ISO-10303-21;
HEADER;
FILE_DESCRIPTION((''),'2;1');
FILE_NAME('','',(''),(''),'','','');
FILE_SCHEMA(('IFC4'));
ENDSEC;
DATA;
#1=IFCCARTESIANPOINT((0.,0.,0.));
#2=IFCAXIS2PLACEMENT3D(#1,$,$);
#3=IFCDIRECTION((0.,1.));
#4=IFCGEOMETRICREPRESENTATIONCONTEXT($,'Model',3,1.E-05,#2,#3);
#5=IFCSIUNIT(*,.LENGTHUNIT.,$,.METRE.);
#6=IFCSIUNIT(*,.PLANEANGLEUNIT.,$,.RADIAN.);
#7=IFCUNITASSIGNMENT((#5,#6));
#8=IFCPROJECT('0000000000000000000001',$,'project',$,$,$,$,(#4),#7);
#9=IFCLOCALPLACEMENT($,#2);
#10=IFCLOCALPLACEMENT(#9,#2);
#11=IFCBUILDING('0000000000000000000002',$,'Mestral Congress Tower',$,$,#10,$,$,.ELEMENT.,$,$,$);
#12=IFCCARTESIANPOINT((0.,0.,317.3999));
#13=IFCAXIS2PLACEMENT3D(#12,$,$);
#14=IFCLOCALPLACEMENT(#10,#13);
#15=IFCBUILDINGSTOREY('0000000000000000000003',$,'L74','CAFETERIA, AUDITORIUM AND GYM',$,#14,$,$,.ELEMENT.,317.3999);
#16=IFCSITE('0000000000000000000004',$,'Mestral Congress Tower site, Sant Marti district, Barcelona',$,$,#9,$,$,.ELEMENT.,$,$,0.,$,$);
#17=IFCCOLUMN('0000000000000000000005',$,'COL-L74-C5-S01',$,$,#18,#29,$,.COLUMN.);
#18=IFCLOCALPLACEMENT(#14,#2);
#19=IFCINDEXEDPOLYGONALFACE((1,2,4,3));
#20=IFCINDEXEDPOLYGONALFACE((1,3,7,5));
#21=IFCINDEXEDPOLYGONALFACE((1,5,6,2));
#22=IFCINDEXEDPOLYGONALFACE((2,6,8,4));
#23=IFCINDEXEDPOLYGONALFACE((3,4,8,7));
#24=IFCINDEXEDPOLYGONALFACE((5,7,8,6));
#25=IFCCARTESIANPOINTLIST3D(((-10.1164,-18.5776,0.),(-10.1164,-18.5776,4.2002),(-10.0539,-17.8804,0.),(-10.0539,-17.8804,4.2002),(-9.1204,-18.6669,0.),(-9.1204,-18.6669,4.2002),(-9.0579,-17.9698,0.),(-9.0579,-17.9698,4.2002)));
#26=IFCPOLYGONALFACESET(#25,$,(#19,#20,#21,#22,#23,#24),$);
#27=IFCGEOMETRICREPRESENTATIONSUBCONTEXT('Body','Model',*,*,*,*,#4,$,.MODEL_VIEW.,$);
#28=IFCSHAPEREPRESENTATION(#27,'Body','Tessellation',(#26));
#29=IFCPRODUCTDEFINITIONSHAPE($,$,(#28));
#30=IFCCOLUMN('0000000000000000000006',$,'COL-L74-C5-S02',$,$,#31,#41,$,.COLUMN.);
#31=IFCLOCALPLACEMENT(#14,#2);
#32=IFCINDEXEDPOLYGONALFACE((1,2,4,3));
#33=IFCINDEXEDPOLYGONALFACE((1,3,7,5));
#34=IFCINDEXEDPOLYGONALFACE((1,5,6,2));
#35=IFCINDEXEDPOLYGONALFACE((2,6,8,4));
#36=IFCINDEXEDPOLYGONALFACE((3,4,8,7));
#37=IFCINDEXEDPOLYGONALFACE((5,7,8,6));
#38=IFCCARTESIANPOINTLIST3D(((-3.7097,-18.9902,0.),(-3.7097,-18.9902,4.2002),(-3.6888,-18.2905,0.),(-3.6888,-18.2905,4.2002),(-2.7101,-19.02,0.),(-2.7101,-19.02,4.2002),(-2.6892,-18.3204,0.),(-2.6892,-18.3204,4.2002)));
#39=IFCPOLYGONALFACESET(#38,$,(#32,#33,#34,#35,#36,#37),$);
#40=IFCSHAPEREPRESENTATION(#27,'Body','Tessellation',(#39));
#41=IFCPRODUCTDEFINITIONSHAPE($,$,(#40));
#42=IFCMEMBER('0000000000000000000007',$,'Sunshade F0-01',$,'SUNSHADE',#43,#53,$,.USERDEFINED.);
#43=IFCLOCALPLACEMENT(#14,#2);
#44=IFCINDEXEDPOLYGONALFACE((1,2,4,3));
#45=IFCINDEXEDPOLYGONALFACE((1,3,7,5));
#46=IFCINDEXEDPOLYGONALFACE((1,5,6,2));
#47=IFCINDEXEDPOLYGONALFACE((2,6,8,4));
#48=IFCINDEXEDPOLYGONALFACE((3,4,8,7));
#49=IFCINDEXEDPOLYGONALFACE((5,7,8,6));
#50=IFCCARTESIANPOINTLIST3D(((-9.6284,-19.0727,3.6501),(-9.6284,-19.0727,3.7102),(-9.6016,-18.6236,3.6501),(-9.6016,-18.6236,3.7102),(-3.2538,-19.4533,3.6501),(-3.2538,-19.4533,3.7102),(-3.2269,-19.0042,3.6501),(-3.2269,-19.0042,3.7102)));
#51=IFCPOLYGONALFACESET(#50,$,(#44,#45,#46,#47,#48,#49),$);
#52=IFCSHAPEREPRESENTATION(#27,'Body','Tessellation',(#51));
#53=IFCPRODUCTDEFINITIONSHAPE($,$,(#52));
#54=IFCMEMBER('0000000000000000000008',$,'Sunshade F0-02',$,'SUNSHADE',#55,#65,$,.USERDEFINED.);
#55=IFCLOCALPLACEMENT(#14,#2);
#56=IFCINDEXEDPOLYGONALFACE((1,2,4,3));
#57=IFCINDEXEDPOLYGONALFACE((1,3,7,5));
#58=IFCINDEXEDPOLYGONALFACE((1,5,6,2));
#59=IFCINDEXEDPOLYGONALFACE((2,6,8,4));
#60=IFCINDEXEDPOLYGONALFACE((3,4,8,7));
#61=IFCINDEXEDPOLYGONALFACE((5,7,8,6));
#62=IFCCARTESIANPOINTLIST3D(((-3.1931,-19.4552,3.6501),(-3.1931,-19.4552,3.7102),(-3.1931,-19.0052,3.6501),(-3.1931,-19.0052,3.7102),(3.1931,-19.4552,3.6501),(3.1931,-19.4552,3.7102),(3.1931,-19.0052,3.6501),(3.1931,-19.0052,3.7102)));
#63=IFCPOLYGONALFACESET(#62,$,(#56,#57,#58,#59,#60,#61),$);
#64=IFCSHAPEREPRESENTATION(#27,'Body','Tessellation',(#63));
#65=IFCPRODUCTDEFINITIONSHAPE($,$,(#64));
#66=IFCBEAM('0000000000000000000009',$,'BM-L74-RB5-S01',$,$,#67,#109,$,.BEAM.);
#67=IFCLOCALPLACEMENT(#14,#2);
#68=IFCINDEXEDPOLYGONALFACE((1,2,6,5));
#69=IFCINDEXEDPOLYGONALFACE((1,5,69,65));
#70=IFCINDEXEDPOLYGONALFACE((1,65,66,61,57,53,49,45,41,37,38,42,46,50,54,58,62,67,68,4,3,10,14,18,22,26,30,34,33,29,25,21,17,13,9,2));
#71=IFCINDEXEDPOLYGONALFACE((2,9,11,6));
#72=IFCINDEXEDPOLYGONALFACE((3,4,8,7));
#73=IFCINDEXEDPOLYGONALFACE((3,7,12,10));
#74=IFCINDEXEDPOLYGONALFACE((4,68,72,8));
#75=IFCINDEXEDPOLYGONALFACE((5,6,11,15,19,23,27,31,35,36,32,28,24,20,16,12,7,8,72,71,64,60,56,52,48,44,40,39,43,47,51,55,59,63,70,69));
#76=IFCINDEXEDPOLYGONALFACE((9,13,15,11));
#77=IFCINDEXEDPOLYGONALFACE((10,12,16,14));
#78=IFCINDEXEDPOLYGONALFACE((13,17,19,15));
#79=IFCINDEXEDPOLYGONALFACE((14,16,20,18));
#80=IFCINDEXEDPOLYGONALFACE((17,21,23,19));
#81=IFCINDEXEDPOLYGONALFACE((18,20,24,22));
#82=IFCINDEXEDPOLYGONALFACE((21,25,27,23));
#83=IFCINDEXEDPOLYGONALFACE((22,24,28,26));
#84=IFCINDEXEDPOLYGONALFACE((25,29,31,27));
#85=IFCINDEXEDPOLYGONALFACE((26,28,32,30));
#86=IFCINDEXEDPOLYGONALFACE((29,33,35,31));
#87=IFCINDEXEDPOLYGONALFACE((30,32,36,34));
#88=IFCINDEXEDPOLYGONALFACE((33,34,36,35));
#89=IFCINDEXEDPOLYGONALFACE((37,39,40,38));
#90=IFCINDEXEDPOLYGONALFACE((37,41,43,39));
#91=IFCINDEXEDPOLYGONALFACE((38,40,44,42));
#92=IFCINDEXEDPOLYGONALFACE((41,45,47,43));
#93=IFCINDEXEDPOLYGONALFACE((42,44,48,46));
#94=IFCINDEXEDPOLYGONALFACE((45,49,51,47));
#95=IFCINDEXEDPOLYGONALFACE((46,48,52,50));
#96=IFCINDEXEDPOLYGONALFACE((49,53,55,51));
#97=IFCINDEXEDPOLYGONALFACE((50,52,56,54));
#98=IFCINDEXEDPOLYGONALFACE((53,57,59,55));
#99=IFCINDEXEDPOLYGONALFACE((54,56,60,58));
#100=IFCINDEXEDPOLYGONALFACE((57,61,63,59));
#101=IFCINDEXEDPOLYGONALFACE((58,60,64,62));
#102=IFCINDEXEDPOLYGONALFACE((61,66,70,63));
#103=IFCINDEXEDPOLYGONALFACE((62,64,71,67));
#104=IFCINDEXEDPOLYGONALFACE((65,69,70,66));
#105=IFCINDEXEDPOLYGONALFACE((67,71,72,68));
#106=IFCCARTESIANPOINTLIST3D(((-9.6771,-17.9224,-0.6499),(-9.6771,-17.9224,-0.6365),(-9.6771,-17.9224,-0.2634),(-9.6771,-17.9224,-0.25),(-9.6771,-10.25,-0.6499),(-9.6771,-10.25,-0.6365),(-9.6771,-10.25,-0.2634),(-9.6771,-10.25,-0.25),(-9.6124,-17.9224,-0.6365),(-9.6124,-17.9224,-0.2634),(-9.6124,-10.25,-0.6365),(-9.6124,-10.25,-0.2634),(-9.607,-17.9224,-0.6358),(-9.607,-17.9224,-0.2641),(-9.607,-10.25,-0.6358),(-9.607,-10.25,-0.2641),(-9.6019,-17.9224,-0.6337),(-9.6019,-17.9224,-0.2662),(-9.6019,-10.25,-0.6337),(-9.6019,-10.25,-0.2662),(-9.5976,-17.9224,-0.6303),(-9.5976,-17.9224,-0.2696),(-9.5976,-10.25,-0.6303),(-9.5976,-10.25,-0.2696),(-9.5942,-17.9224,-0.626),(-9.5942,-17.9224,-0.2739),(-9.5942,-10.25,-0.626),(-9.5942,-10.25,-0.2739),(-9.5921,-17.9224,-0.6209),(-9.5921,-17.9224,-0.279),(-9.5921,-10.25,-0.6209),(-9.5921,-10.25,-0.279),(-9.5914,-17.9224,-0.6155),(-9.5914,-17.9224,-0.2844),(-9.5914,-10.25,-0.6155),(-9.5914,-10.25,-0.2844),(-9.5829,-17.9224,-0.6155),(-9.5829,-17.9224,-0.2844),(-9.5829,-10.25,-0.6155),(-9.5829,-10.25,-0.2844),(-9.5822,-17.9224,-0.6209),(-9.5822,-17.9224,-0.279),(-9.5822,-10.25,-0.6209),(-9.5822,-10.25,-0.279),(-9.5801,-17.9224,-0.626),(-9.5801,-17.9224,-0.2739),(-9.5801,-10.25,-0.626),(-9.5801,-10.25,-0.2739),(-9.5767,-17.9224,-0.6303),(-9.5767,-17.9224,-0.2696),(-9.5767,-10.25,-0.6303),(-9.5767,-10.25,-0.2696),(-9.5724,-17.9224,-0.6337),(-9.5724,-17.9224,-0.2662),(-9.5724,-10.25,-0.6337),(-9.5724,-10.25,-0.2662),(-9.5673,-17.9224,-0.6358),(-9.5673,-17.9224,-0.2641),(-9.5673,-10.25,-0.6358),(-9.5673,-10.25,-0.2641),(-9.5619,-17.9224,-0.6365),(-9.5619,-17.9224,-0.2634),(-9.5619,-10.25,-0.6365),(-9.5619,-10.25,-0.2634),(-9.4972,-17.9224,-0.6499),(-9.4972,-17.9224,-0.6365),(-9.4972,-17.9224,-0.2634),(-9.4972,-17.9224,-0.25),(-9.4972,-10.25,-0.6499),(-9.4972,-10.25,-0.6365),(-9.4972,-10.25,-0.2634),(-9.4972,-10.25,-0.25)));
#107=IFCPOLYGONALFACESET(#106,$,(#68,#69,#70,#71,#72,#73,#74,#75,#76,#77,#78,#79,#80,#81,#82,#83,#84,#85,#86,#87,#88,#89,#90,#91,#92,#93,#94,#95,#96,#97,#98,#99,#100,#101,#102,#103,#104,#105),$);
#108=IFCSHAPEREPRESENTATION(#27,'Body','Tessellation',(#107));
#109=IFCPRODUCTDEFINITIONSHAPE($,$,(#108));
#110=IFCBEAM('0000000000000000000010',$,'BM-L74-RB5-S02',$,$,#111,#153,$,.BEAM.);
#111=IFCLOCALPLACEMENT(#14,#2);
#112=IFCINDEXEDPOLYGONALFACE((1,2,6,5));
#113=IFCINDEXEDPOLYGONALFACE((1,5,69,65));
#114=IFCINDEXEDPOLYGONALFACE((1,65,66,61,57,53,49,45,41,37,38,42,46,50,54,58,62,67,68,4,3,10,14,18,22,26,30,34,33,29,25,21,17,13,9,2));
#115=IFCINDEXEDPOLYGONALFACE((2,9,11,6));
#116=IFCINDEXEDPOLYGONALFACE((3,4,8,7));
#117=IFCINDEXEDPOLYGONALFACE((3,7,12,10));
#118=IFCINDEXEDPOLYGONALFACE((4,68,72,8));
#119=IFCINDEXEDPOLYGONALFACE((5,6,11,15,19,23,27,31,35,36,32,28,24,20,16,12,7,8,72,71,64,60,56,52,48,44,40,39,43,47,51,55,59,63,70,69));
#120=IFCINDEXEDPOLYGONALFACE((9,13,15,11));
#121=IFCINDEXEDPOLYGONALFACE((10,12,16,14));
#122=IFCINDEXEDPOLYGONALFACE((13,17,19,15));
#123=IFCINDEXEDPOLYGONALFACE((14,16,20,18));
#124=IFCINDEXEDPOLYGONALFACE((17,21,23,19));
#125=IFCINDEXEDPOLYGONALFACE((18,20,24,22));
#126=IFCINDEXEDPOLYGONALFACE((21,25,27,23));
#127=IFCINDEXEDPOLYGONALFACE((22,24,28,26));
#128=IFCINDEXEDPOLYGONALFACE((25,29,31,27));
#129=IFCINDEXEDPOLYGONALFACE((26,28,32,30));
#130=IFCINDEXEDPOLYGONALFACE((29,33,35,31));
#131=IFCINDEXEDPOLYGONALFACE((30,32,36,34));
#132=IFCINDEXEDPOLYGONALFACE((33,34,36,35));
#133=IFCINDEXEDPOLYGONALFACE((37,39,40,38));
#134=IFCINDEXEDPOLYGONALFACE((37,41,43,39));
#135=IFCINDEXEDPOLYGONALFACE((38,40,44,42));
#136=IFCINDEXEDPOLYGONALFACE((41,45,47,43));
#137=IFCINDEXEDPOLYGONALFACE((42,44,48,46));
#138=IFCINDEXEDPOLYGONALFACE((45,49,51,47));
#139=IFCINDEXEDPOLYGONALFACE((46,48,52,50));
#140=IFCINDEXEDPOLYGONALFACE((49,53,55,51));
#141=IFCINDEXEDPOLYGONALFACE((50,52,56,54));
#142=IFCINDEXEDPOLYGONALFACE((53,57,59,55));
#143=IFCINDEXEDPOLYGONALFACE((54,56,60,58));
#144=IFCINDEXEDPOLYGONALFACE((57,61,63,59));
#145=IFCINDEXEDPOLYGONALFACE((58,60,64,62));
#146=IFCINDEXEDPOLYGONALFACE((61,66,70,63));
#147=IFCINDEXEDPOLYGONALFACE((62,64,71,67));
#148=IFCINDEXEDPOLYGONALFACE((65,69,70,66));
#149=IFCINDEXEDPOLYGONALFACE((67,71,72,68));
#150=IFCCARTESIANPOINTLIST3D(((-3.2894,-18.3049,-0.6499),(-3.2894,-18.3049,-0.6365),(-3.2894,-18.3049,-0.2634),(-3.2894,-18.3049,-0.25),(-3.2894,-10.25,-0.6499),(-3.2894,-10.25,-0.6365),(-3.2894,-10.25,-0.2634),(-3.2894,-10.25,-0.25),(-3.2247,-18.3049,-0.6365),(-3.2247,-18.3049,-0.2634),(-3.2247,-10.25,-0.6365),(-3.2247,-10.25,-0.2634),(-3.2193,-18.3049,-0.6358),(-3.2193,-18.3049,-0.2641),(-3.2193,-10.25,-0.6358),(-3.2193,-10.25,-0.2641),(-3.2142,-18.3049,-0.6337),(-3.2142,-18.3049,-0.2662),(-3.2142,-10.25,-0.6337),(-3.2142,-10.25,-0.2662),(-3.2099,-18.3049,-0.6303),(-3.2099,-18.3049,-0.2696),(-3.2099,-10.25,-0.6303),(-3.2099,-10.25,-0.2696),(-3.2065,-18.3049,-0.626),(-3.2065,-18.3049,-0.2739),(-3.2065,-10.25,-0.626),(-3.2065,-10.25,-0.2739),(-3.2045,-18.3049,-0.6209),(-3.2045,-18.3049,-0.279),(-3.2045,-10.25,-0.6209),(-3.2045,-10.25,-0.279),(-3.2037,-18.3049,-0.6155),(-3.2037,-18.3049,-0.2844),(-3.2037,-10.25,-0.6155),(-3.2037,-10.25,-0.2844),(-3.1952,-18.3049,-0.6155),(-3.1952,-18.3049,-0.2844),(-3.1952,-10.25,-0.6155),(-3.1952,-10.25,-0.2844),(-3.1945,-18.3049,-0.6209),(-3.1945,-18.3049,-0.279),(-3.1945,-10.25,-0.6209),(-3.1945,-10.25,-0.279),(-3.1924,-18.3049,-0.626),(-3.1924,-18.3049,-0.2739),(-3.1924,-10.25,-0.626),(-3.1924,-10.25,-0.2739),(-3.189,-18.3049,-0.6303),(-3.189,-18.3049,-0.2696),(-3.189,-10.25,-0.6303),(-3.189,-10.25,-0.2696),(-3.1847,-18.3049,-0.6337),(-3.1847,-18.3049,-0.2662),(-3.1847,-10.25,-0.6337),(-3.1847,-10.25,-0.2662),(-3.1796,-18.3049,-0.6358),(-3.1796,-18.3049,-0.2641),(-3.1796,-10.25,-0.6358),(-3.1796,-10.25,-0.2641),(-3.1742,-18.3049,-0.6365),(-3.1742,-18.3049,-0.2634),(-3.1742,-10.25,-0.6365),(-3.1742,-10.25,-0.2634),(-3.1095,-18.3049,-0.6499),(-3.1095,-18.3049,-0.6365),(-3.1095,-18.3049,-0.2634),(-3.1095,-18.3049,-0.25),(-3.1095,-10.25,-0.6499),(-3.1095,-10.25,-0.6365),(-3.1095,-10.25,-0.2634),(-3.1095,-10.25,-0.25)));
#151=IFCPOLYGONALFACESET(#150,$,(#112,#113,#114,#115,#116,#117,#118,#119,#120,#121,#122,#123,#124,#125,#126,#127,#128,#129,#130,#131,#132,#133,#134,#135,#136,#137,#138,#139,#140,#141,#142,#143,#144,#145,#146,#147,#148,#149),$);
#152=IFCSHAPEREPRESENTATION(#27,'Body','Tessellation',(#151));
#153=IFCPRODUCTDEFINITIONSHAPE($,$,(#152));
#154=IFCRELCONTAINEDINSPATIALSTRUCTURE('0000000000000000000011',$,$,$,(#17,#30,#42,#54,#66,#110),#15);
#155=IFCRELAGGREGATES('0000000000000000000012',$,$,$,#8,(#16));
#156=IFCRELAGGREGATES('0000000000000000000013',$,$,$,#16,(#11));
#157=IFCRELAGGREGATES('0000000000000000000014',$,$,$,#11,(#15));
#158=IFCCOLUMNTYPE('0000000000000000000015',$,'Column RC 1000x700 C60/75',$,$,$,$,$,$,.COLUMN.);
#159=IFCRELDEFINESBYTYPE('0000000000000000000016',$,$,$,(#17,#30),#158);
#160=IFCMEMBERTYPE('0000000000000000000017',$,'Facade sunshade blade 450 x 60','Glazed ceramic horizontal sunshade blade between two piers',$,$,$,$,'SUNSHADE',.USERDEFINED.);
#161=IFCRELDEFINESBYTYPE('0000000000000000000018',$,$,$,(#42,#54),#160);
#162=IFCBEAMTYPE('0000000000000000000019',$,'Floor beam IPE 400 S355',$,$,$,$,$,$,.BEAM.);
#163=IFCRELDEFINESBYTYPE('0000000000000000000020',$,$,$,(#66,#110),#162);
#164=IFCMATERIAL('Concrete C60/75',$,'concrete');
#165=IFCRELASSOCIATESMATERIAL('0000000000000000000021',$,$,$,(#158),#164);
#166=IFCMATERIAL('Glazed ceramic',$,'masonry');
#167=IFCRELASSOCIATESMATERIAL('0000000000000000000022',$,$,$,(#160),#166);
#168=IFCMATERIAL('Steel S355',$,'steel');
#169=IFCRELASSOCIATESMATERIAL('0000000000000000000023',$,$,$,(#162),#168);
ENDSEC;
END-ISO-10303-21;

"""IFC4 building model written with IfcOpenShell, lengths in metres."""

from ifc_helpers import new_model, si_unit, direction, frame, origin, origin_2d, place, context, subcontext, project, spatial, rectangle, i_section, extrude, material, material_profile, profile_set, type_object, element, save


model = new_model("IFC4")

# Units and contexts
model_context = context("Model", 3, precision=1e-05, world=origin(), true_north=direction((0.0, 1.0)))
body_context = subcontext(model_context, "Body", "Model", "MODEL_VIEW")
ifc_project = project(units=[si_unit("LENGTHUNIT", "METRE"), si_unit("PLANEANGLEUNIT", "RADIAN")], contexts=[model_context])

# Site, building, storey
site_placement = place(None, origin())
site = spatial("IfcSite", under=ifc_project, at=site_placement, Name="Mestral Congress Tower site, Sant Marti district, Barcelona", CompositionType="ELEMENT", RefElevation=0.0)
building_placement = place(site_placement, origin())
building = spatial("IfcBuilding", under=site, at=building_placement, Name="Mestral Congress Tower", CompositionType="ELEMENT")
storey_placement = place(building_placement, frame((0.0, 0.0, 317.3999)))
storey = spatial("IfcBuildingStorey", under=building, at=storey_placement, Name="L74", Description="CAFETERIA, AUDITORIUM AND GYM", CompositionType="ELEMENT", Elevation=317.3999)

# Columns
ifc_material_1 = material(Name="Concrete C60/75", Category="concrete")
ifc_material_profile_1 = material_profile(ifc_material_1, rectangle(XDim=1.0, YDim=0.7, at=origin_2d()), Name="RC 1000x700")
ifc_profile_set_1 = profile_set([ifc_material_profile_1], Name="Concrete C60/75")
column_type = type_object("IfcColumnType", Name="Column RC 1000x700 C60/75", PredefinedType="COLUMN", material=ifc_profile_set_1)
for number, where, z_axis, x_axis, name in (
    (1, (-9.5872, -18.2737, 0.0), (0.0, 0.0, 1.0), (0.995998, -0.089378, 0.0), "COL-L74-C5-S01"),
    (2, (-3.1995, -18.6553, 0.0), (0.0, 0.0, 1.0), (0.999555, -0.029828, 0.0), "COL-L74-C5-S02"),
):
    element("IfcColumn", number, at=place(storey_placement, frame(where, z_axis=z_axis, x_axis=x_axis)), inside=storey, type_object=column_type, Name=name, PredefinedType="COLUMN", context=body_context, shape_type="SweptSolid", body=[
        extrude(rectangle(XDim=1.0, YDim=0.7, at=origin_2d()), origin(), (0.0, 0.0, 1.0), 4.2002),
    ])

# Members
ifc_material_2 = material(Name="Glazed ceramic", Category="masonry")
ifc_material_profile_2 = material_profile(ifc_material_2, rectangle(XDim=0.45, YDim=0.0601, at=origin_2d()), Name="Ceramic blade 450 x 60")
ifc_profile_set_2 = profile_set([ifc_material_profile_2], Name="Glazed ceramic")
member_type = type_object("IfcMemberType", Name="Facade sunshade blade 450 x 60", Description="Glazed ceramic horizontal sunshade blade between two piers", ElementType="SUNSHADE", PredefinedType="USERDEFINED", material=ifc_profile_set_2)
member_1_placement = place(storey_placement, frame((-9.615, -18.8481, 3.6802), z_axis=(0.998222, -0.059603, 0.0), x_axis=(0.059603, 0.998222, 0.0)))
element("IfcMember", 3, at=member_1_placement, inside=storey, type_object=member_type, Name="Sunshade F0-01", ObjectType="SUNSHADE", PredefinedType="USERDEFINED", context=body_context, shape_type="SweptSolid", body=[
    extrude(rectangle(XDim=0.45, YDim=0.0601, at=origin_2d()), origin(), (0.0, 0.0, 1.0), 6.386),
])
member_2_placement = place(storey_placement, frame((-3.1931, -19.2302, 3.6802), z_axis=(1.0, 0.0, 0.0), x_axis=(0.0, 1.0, 0.0)))
element("IfcMember", 4, at=member_2_placement, inside=storey, type_object=member_type, Name="Sunshade F0-02", ObjectType="SUNSHADE", PredefinedType="USERDEFINED", context=body_context, shape_type="SweptSolid", body=[
    extrude(rectangle(XDim=0.45, YDim=0.0601, at=origin_2d()), origin(), (0.0, 0.0, 1.0), 6.3862),
])

# Beams
ifc_material_3 = material(Name="Steel S355", Category="steel")
ifc_material_profile_3 = material_profile(ifc_material_3, i_section(OverallWidth=0.1799, OverallDepth=0.3999, WebThickness=0.0085, FlangeThickness=0.0134, FilletRadius=0.021, at=origin_2d()), Name="IPE 400")
ifc_profile_set_3 = profile_set([ifc_material_profile_3], Name="Steel S355")
beam_type_1 = type_object("IfcBeamType", Name="Floor beam IPE 400 S355", PredefinedType="BEAM", material=ifc_profile_set_3)
beam_1_placement = place(storey_placement, frame((-9.5872, -17.9224, -0.45), z_axis=(0.0, 1.0, 0.0), x_axis=(-1.0, 0.0, 0.0)))
element("IfcBeam", 5, at=beam_1_placement, inside=storey, type_object=beam_type_1, Name="BM-L74-RB5-S01", PredefinedType="BEAM", context=body_context, shape_type="SweptSolid", body=[
    extrude(i_section(OverallWidth=0.1799, OverallDepth=0.3999, WebThickness=0.0085, FlangeThickness=0.0134, FilletRadius=0.021, at=origin_2d()), origin(), (0.0, 0.0, 1.0), 7.6724),
])
beam_2_placement = place(storey_placement, frame((-3.1995, -18.3049, -0.45), z_axis=(0.0, 1.0, 0.0), x_axis=(-1.0, 0.0, 0.0)))
element("IfcBeam", 6, at=beam_2_placement, inside=storey, type_object=beam_type_1, Name="BM-L74-RB5-S02", PredefinedType="BEAM", context=body_context, shape_type="SweptSolid", body=[
    extrude(i_section(OverallWidth=0.1799, OverallDepth=0.3999, WebThickness=0.0085, FlangeThickness=0.0134, FilletRadius=0.021, at=origin_2d()), origin(), (0.0, 0.0, 1.0), 8.0549),
])

save(model, "model.ifc")
